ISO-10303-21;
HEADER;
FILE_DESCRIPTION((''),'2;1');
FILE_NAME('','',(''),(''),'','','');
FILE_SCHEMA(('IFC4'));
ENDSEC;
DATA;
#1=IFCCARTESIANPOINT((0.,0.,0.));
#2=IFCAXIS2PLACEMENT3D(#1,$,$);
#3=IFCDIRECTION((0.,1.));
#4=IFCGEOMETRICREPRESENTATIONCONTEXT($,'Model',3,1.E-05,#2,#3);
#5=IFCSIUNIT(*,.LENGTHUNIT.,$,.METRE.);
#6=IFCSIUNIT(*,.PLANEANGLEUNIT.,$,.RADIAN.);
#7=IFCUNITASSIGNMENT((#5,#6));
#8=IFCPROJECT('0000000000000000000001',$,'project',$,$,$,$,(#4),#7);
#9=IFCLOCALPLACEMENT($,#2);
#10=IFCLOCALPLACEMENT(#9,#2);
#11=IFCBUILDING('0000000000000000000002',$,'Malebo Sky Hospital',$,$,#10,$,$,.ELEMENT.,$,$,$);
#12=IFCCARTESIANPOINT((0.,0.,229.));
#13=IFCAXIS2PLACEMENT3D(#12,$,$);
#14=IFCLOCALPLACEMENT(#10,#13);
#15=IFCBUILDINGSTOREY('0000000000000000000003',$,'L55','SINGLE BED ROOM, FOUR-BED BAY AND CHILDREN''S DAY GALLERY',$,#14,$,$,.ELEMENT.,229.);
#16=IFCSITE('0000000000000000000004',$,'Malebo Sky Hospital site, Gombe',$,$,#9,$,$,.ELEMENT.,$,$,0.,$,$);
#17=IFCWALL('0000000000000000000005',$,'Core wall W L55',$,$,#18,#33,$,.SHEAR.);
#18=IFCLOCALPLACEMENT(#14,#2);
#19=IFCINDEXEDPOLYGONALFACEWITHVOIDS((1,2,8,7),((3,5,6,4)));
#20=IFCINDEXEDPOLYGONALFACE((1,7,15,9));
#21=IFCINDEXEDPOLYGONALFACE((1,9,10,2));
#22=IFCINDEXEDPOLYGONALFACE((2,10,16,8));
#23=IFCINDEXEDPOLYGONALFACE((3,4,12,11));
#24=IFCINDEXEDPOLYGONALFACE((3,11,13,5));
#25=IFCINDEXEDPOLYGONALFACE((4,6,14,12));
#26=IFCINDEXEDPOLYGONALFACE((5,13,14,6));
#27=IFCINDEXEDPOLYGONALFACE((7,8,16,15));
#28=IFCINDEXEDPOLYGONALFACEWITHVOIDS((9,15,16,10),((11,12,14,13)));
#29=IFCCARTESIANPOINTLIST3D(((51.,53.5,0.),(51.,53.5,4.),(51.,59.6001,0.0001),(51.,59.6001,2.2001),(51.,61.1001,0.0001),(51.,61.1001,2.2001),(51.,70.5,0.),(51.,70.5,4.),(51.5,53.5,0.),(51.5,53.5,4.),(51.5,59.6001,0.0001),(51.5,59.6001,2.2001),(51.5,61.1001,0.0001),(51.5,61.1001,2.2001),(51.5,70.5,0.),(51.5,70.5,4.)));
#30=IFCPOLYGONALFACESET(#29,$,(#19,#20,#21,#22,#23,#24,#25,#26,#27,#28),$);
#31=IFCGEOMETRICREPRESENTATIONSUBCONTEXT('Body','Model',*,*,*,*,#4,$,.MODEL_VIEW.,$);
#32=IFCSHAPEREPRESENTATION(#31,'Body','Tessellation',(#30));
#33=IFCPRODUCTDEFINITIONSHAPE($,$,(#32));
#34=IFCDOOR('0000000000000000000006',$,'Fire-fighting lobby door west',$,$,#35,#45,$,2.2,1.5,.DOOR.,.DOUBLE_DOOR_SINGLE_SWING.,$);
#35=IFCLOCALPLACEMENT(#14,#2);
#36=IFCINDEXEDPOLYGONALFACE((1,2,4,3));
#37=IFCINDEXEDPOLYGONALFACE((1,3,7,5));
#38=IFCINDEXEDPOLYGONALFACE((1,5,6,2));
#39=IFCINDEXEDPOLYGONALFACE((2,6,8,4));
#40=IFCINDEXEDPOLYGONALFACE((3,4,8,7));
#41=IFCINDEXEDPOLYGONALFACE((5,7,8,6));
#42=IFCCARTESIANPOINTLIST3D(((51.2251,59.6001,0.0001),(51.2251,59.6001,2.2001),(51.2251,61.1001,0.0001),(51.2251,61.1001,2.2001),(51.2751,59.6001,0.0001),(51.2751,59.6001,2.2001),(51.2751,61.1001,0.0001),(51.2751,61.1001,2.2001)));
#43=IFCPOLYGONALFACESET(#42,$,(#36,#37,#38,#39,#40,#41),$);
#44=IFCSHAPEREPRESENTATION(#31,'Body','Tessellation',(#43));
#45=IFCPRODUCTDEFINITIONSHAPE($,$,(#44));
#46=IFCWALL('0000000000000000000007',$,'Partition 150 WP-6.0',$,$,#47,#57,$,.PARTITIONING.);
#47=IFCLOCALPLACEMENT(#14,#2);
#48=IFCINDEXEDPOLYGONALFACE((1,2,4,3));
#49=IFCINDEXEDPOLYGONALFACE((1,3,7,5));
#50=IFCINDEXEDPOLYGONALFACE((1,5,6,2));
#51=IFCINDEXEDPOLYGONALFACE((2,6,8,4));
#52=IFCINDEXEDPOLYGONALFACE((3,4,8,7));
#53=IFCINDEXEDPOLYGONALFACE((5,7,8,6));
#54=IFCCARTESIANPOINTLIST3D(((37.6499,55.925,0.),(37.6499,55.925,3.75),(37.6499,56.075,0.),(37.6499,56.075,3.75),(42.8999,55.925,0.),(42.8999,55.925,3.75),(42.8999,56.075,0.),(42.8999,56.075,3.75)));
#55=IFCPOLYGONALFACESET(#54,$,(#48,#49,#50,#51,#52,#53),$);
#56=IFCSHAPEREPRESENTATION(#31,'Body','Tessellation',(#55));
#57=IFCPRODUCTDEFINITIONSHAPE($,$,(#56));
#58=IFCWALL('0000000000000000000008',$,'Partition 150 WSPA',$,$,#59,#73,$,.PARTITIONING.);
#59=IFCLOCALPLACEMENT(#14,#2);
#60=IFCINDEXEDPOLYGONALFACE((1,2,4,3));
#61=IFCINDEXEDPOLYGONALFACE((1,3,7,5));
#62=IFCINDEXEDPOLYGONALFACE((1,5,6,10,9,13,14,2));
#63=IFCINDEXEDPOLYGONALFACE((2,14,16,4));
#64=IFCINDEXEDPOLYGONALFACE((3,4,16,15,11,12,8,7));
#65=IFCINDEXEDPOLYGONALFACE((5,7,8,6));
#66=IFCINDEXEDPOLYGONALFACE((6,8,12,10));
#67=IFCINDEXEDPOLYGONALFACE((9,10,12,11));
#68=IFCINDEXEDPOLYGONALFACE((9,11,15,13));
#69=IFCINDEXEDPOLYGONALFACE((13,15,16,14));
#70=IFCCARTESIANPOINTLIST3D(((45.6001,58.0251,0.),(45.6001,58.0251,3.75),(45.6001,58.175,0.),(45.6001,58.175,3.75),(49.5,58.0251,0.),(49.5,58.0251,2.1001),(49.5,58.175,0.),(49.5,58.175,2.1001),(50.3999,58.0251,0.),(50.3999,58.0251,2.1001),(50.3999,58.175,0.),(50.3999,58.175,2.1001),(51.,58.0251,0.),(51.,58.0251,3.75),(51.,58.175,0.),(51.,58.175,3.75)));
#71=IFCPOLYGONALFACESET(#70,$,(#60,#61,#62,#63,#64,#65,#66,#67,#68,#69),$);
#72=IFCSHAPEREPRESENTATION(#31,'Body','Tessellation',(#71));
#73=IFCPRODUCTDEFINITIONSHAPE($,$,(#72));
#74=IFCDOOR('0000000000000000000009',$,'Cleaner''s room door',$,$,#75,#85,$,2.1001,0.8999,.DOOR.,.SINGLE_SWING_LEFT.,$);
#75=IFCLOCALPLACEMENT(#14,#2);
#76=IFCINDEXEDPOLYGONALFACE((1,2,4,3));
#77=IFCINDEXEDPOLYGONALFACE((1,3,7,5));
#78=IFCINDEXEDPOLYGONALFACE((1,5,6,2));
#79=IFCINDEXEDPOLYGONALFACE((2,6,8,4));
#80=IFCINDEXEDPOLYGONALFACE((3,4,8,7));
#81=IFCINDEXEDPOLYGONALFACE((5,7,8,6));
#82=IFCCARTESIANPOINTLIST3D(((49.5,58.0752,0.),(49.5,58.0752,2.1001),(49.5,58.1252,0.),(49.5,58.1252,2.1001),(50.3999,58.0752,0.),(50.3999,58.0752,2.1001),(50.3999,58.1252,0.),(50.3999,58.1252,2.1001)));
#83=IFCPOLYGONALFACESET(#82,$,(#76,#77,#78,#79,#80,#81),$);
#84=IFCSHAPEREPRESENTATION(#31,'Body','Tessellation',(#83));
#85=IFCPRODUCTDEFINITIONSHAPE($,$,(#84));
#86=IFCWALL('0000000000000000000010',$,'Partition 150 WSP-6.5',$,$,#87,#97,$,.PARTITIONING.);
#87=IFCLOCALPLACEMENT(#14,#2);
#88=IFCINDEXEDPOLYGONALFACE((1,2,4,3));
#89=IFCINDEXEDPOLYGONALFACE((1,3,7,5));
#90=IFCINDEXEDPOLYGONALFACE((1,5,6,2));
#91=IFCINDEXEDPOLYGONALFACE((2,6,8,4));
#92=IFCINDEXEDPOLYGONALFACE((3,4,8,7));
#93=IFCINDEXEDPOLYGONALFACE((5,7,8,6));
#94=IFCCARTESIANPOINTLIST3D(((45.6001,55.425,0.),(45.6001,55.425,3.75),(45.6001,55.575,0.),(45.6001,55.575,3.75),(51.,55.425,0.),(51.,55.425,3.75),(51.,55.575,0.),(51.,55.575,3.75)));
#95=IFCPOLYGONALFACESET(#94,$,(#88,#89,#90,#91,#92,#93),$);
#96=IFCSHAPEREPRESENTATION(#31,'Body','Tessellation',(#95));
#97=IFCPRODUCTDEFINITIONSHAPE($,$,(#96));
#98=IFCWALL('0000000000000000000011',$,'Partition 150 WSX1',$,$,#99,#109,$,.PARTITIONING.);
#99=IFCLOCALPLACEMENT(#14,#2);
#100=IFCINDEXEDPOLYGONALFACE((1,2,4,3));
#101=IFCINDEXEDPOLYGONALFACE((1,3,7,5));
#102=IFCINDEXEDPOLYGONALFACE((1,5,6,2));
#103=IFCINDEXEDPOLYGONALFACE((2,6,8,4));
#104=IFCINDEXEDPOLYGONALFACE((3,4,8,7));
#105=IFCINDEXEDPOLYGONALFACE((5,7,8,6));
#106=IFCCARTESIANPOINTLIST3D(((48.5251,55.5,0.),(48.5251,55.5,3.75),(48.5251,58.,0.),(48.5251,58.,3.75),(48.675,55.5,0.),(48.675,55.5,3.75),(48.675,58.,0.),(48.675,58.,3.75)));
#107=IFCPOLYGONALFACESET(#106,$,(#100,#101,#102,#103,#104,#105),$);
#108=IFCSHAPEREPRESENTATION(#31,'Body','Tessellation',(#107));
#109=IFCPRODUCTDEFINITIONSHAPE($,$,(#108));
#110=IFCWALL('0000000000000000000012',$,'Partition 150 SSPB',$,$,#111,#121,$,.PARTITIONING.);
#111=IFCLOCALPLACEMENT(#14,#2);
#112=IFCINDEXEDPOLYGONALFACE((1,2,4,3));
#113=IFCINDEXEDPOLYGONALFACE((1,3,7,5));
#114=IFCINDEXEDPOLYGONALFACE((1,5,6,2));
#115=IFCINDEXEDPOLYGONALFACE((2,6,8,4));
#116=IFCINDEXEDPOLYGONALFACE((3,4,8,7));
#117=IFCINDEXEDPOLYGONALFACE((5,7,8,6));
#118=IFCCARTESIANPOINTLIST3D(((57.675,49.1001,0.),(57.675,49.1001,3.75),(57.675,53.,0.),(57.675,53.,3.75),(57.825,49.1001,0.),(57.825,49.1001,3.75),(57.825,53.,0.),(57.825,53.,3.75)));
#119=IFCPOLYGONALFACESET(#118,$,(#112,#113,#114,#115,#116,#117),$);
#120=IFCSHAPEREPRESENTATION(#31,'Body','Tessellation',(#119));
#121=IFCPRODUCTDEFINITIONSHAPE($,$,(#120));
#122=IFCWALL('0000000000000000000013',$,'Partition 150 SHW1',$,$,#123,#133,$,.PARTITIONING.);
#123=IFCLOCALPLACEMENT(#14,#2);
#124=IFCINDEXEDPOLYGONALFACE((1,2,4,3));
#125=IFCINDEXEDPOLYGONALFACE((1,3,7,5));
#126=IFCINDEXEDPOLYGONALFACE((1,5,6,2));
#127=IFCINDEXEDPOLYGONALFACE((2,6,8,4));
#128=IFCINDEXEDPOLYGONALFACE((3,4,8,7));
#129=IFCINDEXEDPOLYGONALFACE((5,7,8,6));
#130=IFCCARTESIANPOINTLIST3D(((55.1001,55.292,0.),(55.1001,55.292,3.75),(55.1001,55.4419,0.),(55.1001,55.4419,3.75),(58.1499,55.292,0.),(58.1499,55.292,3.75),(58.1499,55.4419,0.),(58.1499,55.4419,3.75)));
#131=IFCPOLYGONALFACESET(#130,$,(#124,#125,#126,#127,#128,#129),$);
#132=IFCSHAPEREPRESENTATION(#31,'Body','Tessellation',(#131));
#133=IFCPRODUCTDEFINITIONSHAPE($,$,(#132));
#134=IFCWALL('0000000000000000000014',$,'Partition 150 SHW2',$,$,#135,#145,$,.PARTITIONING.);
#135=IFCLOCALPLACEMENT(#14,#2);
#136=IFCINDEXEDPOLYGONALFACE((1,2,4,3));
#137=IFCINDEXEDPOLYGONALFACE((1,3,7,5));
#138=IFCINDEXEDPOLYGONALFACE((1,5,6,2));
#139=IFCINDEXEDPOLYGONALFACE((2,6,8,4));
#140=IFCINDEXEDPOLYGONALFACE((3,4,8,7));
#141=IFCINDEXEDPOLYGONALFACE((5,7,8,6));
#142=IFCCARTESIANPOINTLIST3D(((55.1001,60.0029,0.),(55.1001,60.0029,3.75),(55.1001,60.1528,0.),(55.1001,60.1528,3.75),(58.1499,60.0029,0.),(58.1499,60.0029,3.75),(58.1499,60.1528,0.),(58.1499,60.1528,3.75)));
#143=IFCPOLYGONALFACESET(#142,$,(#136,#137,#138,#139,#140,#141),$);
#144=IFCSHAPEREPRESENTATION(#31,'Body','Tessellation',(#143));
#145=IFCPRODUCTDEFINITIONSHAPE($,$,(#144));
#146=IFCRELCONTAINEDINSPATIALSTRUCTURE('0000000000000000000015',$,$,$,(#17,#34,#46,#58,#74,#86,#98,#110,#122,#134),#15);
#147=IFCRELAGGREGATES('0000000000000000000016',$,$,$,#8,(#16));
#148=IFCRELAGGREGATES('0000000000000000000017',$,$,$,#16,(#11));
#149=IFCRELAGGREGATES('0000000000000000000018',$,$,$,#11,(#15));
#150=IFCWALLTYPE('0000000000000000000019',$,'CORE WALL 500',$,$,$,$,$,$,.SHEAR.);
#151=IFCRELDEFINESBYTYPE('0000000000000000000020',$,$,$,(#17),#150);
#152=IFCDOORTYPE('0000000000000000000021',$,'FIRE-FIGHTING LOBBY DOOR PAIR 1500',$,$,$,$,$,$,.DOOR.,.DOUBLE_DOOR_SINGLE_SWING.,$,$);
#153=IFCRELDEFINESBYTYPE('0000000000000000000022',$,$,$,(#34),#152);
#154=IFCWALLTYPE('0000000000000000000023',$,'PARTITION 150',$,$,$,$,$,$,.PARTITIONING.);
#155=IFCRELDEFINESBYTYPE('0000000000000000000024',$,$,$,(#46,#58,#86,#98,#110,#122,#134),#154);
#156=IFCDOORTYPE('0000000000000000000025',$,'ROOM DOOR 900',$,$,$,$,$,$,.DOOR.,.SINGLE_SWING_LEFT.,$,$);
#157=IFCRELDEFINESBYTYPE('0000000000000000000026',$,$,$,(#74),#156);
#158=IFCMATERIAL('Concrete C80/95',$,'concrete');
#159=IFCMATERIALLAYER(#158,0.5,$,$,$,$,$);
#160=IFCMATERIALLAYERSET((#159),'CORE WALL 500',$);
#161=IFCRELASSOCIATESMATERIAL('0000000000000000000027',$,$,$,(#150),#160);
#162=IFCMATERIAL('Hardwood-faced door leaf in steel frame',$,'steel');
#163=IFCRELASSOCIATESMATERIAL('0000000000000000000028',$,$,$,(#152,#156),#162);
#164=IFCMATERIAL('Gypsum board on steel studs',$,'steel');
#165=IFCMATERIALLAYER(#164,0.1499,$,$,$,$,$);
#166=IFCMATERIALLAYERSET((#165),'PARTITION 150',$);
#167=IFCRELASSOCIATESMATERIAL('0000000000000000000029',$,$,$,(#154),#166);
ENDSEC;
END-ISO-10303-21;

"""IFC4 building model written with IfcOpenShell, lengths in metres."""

from ifc_helpers import new_model, si_unit, direction, frame, frame_2d, origin, place, context, subcontext, project, spatial, rectangle, extrude, material, layer, layer_set, type_object, element, fill, save


model = new_model("IFC4")

# Units and contexts
model_context = context("Model", 3, precision=1e-05, world=origin(), true_north=direction((0.0, 1.0)))
body_context = subcontext(model_context, "Body", "Model", "MODEL_VIEW")
ifc_project = project(units=[si_unit("LENGTHUNIT", "METRE"), si_unit("PLANEANGLEUNIT", "RADIAN")], contexts=[model_context])

# Site, building, storey
site_placement = place(None, origin())
site = spatial("IfcSite", under=ifc_project, at=site_placement, Name="Malebo Sky Hospital site, Gombe", CompositionType="ELEMENT", RefElevation=0.0)
building_placement = place(site_placement, origin())
building = spatial("IfcBuilding", under=site, at=building_placement, Name="Malebo Sky Hospital", CompositionType="ELEMENT")
storey_placement = place(building_placement, frame((0.0, 0.0, 229.0)))
storey = spatial("IfcBuildingStorey", under=building, at=storey_placement, Name="L55", Description="SINGLE BED ROOM, FOUR-BED BAY AND CHILDREN'S DAY GALLERY", CompositionType="ELEMENT", Elevation=229.0)

# Shared definitions
ifc_material_1 = material(Name="Concrete C80/95", Category="concrete")

# Wall, opening, door
ifc_layer_1 = layer(ifc_material_1, 0.5)
ifc_layer_set_1 = layer_set([ifc_layer_1], Name="CORE WALL 500")
wall_type_1 = type_object("IfcWallType", Name="CORE WALL 500", PredefinedType="SHEAR", material=ifc_layer_set_1)
ifc_material_2 = material(Name="Hardwood-faced door leaf in steel frame", Category="steel")
wall_1_placement = place(storey_placement, frame((51.25, 53.5, 0.0), z_axis=(0.0, 0.0, 1.0), x_axis=(0.0, 1.0, 0.0)))
wall_1 = element("IfcWall", 1, at=wall_1_placement, inside=storey, type_object=wall_type_1, Name="Core wall W L55", PredefinedType="SHEAR", context=body_context, shape_type="SweptSolid", body=[
    extrude(rectangle(XDim=17.0, YDim=0.5, at=frame_2d((8.5, 0.0))), origin(), (0.0, 0.0, 1.0), 4.0),
])
opening_1_placement = place(wall_1_placement, frame((6.1001, 0.0, 0.0)))
opening_1 = element("IfcOpeningElement", 2, at=opening_1_placement, cuts=wall_1, PredefinedType="OPENING", context=body_context, shape_type="SweptSolid", body=[
    extrude(rectangle(XDim=1.5, YDim=2.2, at=frame_2d((0.75, 1.1001))), frame((0.0, 0.26, 0.0), z_axis=(0.0, -1.0, 0.0), x_axis=(1.0, 0.0, 0.0)), (0.0, 0.0, 1.0), 0.52),
])
door_type_1 = type_object("IfcDoorType", Name="FIRE-FIGHTING LOBBY DOOR PAIR 1500", OperationType="DOUBLE_DOOR_SINGLE_SWING", PredefinedType="DOOR", material=ifc_material_2)
door_1_placement = place(opening_1_placement, origin())
door_1 = element("IfcDoor", 3, at=door_1_placement, inside=storey, type_object=door_type_1, Name="Fire-fighting lobby door west", OperationType="DOUBLE_DOOR_SINGLE_SWING", OverallHeight=2.2, OverallWidth=1.5, PredefinedType="DOOR", context=body_context, shape_type="SweptSolid", body=[
    extrude(rectangle(XDim=1.5, YDim=2.2, at=frame_2d((0.75, 1.1001))), frame((0.0, 0.0249, 0.0), z_axis=(0.0, -1.0, 0.0), x_axis=(1.0, 0.0, 0.0)), (0.0, 0.0, 1.0), 0.05),
])
fill(opening_1, door_1)

# Wall
ifc_material_3 = material(Name="Gypsum board on steel studs", Category="steel")
ifc_layer_2 = layer(ifc_material_3, 0.1499)
ifc_layer_set_2 = layer_set([ifc_layer_2], Name="PARTITION 150")
wall_type_2 = type_object("IfcWallType", Name="PARTITION 150", PredefinedType="PARTITIONING", material=ifc_layer_set_2)
wall_2_placement = place(storey_placement, frame((42.8999, 56.0, 0.0), z_axis=(0.0, 0.0, 1.0), x_axis=(-1.0, 0.0, 0.0)))
element("IfcWall", 4, at=wall_2_placement, inside=storey, type_object=wall_type_2, Name="Partition 150 WP-6.0", PredefinedType="PARTITIONING", context=body_context, shape_type="SweptSolid", body=[
    extrude(rectangle(XDim=5.25, YDim=0.1499, at=frame_2d((2.625, 0.0))), origin(), (0.0, 0.0, 1.0), 3.75),
])

# Wall, opening, door
wall_3_placement = place(storey_placement, frame((51.0, 58.1001, 0.0), z_axis=(0.0, 0.0, 1.0), x_axis=(-1.0, 0.0, 0.0)))
wall_3 = element("IfcWall", 5, at=wall_3_placement, inside=storey, type_object=wall_type_2, Name="Partition 150 WSPA", PredefinedType="PARTITIONING", context=body_context, shape_type="SweptSolid", body=[
    extrude(rectangle(XDim=5.3999, YDim=0.1499, at=frame_2d((2.7, 0.0))), origin(), (0.0, 0.0, 1.0), 3.75),
])
opening_2_placement = place(wall_3_placement, frame((0.6001, 0.0, 0.0)))
opening_2 = element("IfcOpeningElement", 6, at=opening_2_placement, cuts=wall_3, PredefinedType="OPENING", context=body_context, shape_type="SweptSolid", body=[
    extrude(rectangle(XDim=0.8999, YDim=2.1001, at=frame_2d((0.45, 1.05))), frame((0.0, 0.085, 0.0), z_axis=(0.0, -1.0, 0.0), x_axis=(1.0, 0.0, 0.0)), (0.0, 0.0, 1.0), 0.1699),
])
door_type_2 = type_object("IfcDoorType", Name="ROOM DOOR 900", OperationType="SINGLE_SWING_LEFT", PredefinedType="DOOR", material=ifc_material_2)
door_2_placement = place(opening_2_placement, origin())
door_2 = element("IfcDoor", 7, at=door_2_placement, inside=storey, type_object=door_type_2, Name="Cleaner's room door", OperationType="SINGLE_SWING_LEFT", OverallHeight=2.1001, OverallWidth=0.8999, PredefinedType="DOOR", context=body_context, shape_type="SweptSolid", body=[
    extrude(rectangle(XDim=0.8999, YDim=2.1001, at=frame_2d((0.45, 1.05))), frame((0.0, 0.0249, 0.0), z_axis=(0.0, -1.0, 0.0), x_axis=(1.0, 0.0, 0.0)), (0.0, 0.0, 1.0), 0.05),
])
fill(opening_2, door_2)

# Walls
wall_4_placement = place(storey_placement, frame((51.0, 55.5, 0.0), z_axis=(0.0, 0.0, 1.0), x_axis=(-1.0, 0.0, 0.0)))
element("IfcWall", 8, at=wall_4_placement, inside=storey, type_object=wall_type_2, Name="Partition 150 WSP-6.5", PredefinedType="PARTITIONING", context=body_context, shape_type="SweptSolid", body=[
    extrude(rectangle(XDim=5.3999, YDim=0.1499, at=frame_2d((2.7, 0.0))), origin(), (0.0, 0.0, 1.0), 3.75),
])
wall_5_placement = place(storey_placement, frame((48.6001, 55.5, 0.0), z_axis=(0.0, 0.0, 1.0), x_axis=(0.0, 1.0, 0.0)))
element("IfcWall", 9, at=wall_5_placement, inside=storey, type_object=wall_type_2, Name="Partition 150 WSX1", PredefinedType="PARTITIONING", context=body_context, shape_type="SweptSolid", body=[
    extrude(rectangle(XDim=2.5, YDim=0.1499, at=frame_2d((1.25, 0.0))), origin(), (0.0, 0.0, 1.0), 3.75),
])
wall_6_placement = place(storey_placement, frame((57.75, 53.0, 0.0), z_axis=(0.0, 0.0, 1.0), x_axis=(0.0, -1.0, 0.0)))
element("IfcWall", 10, at=wall_6_placement, inside=storey, type_object=wall_type_2, Name="Partition 150 SSPB", PredefinedType="PARTITIONING", context=body_context, shape_type="SweptSolid", body=[
    extrude(rectangle(XDim=3.8999, YDim=0.1499, at=frame_2d((1.95, 0.0))), origin(), (0.0, 0.0, 1.0), 3.75),
])
for number, where, z_axis, x_axis, name in (
    (11, (55.1001, 55.3669, 0.0), (0.0, 0.0, 1.0), (1.0, 0.0, 0.0), "Partition 150 SHW1"),
    (12, (55.1001, 60.0779, 0.0), (0.0, 0.0, 1.0), (1.0, 0.0, 0.0), "Partition 150 SHW2"),
):
    element("IfcWall", number, at=place(storey_placement, frame(where, z_axis=z_axis, x_axis=x_axis)), inside=storey, type_object=wall_type_2, Name=name, PredefinedType="PARTITIONING", context=body_context, shape_type="SweptSolid", body=[
        extrude(rectangle(XDim=3.0498, YDim=0.1499, at=frame_2d((1.5249, 0.0))), origin(), (0.0, 0.0, 1.0), 3.75),
    ])

save(model, "model.ifc")
